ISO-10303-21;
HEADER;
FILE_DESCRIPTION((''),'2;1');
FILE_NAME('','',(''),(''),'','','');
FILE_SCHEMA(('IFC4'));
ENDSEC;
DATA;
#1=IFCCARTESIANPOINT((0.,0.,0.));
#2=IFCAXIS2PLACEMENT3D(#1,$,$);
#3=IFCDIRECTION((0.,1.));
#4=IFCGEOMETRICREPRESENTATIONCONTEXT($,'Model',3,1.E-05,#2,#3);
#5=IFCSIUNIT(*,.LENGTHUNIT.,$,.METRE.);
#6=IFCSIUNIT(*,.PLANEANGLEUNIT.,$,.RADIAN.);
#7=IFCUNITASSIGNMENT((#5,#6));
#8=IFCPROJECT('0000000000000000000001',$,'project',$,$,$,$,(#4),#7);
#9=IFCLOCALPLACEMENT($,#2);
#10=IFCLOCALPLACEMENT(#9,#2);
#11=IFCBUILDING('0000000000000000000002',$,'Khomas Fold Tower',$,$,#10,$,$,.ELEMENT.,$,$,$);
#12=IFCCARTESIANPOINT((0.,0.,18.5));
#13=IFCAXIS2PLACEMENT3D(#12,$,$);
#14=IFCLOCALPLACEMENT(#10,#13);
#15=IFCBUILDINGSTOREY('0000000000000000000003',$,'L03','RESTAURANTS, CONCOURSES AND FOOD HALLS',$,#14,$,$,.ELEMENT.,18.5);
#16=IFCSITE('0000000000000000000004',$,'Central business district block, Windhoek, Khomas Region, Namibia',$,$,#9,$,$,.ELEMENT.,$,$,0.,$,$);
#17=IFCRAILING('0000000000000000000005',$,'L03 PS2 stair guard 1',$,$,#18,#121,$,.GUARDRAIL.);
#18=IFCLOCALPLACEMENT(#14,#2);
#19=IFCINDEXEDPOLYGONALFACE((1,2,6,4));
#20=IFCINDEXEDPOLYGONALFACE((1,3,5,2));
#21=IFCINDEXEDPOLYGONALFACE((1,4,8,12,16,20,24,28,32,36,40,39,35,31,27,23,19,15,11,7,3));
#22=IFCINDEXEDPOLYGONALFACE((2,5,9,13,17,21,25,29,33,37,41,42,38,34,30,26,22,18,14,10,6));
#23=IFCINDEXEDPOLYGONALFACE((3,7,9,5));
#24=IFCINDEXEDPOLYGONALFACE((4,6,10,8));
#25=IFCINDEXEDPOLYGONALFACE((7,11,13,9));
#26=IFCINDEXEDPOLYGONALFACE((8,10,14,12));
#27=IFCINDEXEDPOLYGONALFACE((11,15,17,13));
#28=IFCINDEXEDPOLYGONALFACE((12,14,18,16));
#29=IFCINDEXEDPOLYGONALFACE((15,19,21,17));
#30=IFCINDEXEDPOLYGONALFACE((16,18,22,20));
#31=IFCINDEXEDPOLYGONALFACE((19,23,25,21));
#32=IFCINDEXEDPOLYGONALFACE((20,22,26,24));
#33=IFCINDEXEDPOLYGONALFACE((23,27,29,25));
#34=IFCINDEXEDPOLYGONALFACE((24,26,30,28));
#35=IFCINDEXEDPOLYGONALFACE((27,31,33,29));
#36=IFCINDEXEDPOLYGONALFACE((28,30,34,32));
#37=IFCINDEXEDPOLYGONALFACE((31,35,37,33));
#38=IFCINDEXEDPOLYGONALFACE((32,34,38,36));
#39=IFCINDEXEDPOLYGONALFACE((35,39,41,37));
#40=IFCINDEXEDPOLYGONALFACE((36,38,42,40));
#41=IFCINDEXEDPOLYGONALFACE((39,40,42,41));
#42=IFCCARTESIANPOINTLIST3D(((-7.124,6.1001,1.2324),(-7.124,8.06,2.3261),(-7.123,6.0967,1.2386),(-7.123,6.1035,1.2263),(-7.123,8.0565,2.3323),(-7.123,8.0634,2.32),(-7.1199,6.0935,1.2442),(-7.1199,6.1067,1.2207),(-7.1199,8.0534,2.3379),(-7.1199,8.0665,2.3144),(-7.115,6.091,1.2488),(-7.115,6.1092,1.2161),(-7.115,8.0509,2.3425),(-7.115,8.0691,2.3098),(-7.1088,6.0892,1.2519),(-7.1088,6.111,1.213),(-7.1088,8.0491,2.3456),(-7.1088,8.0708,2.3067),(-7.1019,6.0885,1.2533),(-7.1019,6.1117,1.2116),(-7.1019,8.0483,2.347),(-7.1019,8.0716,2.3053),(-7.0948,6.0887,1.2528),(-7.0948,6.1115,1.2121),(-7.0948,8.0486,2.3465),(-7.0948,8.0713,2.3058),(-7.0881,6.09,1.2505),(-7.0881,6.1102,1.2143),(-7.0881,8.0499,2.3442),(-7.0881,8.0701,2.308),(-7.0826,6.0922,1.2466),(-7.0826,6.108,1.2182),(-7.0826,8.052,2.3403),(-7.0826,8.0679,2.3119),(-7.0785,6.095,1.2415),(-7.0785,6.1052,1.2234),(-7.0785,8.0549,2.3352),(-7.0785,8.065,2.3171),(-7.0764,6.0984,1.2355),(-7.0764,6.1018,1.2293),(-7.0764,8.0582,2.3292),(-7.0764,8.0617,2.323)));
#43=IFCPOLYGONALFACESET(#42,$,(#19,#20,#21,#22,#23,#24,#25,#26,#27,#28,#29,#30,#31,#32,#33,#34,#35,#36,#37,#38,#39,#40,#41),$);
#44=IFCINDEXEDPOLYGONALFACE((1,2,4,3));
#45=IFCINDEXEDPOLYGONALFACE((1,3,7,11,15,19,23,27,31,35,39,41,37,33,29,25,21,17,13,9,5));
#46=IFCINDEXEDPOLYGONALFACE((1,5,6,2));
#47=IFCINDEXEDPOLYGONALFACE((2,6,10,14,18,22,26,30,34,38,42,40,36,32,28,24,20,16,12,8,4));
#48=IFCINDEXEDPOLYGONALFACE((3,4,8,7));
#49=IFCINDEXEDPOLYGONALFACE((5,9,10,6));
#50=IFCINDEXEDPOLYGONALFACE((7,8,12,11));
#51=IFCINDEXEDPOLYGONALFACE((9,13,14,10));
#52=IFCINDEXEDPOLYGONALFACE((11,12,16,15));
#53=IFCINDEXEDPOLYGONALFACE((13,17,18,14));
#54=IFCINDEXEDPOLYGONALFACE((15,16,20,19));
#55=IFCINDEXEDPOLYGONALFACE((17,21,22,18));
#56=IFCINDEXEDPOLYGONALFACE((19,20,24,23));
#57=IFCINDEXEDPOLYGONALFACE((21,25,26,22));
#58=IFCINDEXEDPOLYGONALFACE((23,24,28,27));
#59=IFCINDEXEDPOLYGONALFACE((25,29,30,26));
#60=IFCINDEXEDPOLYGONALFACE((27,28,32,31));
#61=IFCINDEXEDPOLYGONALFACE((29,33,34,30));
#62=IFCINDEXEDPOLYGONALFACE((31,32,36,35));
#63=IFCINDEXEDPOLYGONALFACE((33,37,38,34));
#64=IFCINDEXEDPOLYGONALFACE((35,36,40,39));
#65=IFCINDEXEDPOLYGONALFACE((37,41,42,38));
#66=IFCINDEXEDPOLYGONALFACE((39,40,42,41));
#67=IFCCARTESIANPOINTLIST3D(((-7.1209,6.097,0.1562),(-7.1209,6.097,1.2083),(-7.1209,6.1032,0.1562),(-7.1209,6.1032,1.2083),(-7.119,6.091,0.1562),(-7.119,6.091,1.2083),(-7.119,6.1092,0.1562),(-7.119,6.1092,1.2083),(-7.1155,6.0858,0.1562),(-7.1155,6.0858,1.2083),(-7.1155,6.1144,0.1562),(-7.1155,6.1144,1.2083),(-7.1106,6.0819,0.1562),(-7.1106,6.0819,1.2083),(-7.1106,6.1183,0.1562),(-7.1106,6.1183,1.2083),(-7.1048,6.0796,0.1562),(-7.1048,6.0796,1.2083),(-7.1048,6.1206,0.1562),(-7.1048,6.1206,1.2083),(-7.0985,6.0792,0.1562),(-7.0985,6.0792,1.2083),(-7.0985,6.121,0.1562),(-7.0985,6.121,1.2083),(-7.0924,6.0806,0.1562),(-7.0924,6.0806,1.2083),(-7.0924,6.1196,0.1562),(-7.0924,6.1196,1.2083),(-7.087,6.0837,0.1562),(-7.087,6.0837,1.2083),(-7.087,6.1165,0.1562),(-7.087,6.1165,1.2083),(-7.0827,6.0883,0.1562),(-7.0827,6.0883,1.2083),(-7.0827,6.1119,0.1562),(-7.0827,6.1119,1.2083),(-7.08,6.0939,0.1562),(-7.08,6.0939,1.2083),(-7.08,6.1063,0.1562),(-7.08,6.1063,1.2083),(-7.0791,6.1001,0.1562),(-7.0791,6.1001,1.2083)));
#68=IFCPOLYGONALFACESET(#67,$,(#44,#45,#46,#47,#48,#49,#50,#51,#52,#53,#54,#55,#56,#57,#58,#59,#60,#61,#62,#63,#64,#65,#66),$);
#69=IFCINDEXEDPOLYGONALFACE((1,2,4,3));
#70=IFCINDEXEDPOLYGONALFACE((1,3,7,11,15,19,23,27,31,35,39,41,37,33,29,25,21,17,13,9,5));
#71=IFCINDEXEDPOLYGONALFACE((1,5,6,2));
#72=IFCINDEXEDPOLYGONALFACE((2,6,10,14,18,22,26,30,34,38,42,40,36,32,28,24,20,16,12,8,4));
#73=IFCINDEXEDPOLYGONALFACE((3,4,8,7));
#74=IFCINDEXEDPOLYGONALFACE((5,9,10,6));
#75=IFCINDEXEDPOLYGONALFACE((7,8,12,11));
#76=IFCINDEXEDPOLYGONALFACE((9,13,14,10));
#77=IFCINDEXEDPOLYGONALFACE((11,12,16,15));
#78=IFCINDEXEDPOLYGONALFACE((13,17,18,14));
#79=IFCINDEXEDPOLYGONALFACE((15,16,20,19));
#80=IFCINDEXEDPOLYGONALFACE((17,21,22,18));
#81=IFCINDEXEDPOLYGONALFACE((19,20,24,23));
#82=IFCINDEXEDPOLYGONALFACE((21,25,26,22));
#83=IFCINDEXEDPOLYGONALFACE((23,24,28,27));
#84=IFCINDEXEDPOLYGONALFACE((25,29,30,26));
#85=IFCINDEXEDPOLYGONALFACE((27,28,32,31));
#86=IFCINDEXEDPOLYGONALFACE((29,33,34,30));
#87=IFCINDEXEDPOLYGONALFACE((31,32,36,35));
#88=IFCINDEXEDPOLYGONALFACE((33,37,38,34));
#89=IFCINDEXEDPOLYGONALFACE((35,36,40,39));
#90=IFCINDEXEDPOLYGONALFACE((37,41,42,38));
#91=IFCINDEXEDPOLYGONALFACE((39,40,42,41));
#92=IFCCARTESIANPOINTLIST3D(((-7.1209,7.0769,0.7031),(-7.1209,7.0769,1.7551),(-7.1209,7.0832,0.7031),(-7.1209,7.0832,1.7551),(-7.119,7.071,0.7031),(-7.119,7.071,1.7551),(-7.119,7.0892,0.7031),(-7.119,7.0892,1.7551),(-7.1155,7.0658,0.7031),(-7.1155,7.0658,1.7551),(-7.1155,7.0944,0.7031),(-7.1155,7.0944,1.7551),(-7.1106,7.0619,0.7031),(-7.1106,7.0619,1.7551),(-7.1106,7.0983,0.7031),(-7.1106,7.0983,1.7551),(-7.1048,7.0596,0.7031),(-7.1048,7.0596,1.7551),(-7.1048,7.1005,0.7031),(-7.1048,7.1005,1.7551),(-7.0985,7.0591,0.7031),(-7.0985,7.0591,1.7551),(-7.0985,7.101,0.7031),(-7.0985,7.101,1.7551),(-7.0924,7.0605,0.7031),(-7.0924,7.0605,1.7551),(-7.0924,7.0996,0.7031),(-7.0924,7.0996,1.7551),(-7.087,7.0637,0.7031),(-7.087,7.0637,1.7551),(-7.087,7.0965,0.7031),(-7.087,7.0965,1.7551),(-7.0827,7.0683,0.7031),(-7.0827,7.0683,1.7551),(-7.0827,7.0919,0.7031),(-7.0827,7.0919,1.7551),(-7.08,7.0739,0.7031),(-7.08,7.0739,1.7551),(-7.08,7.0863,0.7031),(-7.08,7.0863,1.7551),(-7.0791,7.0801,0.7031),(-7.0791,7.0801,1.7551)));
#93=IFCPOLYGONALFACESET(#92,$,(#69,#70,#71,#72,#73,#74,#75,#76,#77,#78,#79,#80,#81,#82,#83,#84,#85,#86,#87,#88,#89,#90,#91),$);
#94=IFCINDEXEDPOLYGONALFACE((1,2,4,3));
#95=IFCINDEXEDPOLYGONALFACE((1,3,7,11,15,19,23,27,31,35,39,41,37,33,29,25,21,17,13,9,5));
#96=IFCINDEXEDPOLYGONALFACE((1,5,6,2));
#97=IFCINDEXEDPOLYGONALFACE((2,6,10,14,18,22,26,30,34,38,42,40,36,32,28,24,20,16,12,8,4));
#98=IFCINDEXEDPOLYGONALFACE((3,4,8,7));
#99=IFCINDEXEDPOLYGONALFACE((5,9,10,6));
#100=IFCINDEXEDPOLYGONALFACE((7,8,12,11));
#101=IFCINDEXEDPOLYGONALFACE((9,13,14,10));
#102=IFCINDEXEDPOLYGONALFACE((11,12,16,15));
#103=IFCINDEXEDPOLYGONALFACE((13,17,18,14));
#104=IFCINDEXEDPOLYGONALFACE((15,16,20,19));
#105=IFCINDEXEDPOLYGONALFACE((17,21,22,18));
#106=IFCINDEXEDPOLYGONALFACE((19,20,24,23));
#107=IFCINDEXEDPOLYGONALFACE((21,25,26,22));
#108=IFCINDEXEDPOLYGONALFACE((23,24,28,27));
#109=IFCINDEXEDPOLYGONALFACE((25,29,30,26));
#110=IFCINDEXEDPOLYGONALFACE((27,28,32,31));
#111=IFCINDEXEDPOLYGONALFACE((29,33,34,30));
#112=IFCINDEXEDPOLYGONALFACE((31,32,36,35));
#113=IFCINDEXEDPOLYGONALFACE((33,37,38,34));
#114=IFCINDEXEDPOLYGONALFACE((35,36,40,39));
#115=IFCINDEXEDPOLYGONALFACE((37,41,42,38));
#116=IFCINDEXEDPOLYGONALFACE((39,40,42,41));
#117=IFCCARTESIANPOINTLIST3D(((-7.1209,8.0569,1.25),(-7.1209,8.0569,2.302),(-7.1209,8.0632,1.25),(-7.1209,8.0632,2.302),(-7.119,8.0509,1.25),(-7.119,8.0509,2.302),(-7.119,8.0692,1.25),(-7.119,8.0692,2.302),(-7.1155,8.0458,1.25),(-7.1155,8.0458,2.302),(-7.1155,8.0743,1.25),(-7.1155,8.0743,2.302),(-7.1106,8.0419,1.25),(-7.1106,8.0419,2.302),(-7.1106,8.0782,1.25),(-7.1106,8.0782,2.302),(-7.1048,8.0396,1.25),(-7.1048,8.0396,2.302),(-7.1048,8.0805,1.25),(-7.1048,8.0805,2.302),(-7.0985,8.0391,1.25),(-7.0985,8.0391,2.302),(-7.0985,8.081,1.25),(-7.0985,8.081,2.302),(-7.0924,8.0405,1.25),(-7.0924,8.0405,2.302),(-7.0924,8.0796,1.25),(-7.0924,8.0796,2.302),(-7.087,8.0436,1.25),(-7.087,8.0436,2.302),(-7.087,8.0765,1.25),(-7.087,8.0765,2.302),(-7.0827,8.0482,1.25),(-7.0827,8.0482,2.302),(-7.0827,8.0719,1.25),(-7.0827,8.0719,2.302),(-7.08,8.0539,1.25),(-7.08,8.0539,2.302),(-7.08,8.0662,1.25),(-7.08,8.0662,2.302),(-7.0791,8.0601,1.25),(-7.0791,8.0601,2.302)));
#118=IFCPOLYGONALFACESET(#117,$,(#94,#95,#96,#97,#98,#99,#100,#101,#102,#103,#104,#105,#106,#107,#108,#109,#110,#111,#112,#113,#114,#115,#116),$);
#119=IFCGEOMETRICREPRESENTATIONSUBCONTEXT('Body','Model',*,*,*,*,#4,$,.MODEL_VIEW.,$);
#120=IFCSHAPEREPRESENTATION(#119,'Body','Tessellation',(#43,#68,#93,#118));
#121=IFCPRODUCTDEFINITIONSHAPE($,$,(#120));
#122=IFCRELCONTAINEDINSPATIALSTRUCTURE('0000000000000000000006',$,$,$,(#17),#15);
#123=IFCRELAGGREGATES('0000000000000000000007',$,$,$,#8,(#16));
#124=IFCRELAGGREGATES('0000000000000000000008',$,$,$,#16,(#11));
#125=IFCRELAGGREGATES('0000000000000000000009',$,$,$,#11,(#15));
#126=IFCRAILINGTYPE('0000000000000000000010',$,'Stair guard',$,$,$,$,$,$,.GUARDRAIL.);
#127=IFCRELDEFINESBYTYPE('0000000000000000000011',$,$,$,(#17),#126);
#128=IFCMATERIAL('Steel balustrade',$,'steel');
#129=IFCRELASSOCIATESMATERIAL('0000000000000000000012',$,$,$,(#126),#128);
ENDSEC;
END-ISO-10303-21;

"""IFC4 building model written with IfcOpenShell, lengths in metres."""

from ifc_helpers import new_model, si_unit, direction, frame, origin, origin_2d, place, context, subcontext, project, spatial, circle, extrude, source, transform, mapped, material, type_object, element, save


model = new_model("IFC4")

# Units and contexts
model_context = context("Model", 3, precision=1e-05, world=origin(), true_north=direction((0.0, 1.0)))
body_context = subcontext(model_context, "Body", "Model", "MODEL_VIEW")
ifc_project = project(units=[si_unit("LENGTHUNIT", "METRE"), si_unit("PLANEANGLEUNIT", "RADIAN")], contexts=[model_context])

# Site, building, storey
site_placement = place(None, origin())
site = spatial("IfcSite", under=ifc_project, at=site_placement, Name="Central business district block, Windhoek, Khomas Region, Namibia", CompositionType="ELEMENT", RefElevation=0.0)
building_placement = place(site_placement, origin())
building = spatial("IfcBuilding", under=site, at=building_placement, Name="Khomas Fold Tower", CompositionType="ELEMENT")
storey_placement = place(building_placement, frame((0.0, 0.0, 18.5)))
storey = spatial("IfcBuildingStorey", under=building, at=storey_placement, Name="L03", Description="RESTAURANTS, CONCOURSES AND FOOD HALLS", CompositionType="ELEMENT", Elevation=18.5)

# Railing
ifc_material_1 = material(Name="Steel balustrade", Category="steel")
railing_type_1 = type_object("IfcRailingType", Name="Stair guard", PredefinedType="GUARDRAIL", material=ifc_material_1)
shared_shape_1 = source(origin(), body_context, "Body", "SweptSolid", [
    extrude(circle(Radius=0.0239, at=origin_2d()), frame((0.0, 0.0, 1.0762), z_axis=(0.0, 0.873232, 0.487304), x_axis=(-1.0, 0.0, 0.0)), (0.0, 0.0, 1.0), 2.2444),
    extrude(circle(Radius=0.021, at=origin_2d()), origin(), (0.0, 0.0, 1.0), 1.052),
    extrude(circle(Radius=0.021, at=origin_2d()), frame((0.0, 0.98, 0.5469)), (0.0, 0.0, 1.0), 1.052),
    extrude(circle(Radius=0.021, at=origin_2d()), frame((0.0, 1.96, 1.0938)), (0.0, 0.0, 1.0), 1.052),
])
for number, where, name in (
    (1, (-7.1001, 6.1001, 0.1562), "L03 PS2 stair guard 1"),
):
    element("IfcRailing", number, at=place(storey_placement, frame(where)), inside=storey, type_object=railing_type_1, Name=name, PredefinedType="GUARDRAIL", context=body_context, shape_type="MappedRepresentation", body=[
        mapped(shared_shape_1, transform((0.0, 0.0, 0.0))),
    ])

save(model, "model.ifc")
